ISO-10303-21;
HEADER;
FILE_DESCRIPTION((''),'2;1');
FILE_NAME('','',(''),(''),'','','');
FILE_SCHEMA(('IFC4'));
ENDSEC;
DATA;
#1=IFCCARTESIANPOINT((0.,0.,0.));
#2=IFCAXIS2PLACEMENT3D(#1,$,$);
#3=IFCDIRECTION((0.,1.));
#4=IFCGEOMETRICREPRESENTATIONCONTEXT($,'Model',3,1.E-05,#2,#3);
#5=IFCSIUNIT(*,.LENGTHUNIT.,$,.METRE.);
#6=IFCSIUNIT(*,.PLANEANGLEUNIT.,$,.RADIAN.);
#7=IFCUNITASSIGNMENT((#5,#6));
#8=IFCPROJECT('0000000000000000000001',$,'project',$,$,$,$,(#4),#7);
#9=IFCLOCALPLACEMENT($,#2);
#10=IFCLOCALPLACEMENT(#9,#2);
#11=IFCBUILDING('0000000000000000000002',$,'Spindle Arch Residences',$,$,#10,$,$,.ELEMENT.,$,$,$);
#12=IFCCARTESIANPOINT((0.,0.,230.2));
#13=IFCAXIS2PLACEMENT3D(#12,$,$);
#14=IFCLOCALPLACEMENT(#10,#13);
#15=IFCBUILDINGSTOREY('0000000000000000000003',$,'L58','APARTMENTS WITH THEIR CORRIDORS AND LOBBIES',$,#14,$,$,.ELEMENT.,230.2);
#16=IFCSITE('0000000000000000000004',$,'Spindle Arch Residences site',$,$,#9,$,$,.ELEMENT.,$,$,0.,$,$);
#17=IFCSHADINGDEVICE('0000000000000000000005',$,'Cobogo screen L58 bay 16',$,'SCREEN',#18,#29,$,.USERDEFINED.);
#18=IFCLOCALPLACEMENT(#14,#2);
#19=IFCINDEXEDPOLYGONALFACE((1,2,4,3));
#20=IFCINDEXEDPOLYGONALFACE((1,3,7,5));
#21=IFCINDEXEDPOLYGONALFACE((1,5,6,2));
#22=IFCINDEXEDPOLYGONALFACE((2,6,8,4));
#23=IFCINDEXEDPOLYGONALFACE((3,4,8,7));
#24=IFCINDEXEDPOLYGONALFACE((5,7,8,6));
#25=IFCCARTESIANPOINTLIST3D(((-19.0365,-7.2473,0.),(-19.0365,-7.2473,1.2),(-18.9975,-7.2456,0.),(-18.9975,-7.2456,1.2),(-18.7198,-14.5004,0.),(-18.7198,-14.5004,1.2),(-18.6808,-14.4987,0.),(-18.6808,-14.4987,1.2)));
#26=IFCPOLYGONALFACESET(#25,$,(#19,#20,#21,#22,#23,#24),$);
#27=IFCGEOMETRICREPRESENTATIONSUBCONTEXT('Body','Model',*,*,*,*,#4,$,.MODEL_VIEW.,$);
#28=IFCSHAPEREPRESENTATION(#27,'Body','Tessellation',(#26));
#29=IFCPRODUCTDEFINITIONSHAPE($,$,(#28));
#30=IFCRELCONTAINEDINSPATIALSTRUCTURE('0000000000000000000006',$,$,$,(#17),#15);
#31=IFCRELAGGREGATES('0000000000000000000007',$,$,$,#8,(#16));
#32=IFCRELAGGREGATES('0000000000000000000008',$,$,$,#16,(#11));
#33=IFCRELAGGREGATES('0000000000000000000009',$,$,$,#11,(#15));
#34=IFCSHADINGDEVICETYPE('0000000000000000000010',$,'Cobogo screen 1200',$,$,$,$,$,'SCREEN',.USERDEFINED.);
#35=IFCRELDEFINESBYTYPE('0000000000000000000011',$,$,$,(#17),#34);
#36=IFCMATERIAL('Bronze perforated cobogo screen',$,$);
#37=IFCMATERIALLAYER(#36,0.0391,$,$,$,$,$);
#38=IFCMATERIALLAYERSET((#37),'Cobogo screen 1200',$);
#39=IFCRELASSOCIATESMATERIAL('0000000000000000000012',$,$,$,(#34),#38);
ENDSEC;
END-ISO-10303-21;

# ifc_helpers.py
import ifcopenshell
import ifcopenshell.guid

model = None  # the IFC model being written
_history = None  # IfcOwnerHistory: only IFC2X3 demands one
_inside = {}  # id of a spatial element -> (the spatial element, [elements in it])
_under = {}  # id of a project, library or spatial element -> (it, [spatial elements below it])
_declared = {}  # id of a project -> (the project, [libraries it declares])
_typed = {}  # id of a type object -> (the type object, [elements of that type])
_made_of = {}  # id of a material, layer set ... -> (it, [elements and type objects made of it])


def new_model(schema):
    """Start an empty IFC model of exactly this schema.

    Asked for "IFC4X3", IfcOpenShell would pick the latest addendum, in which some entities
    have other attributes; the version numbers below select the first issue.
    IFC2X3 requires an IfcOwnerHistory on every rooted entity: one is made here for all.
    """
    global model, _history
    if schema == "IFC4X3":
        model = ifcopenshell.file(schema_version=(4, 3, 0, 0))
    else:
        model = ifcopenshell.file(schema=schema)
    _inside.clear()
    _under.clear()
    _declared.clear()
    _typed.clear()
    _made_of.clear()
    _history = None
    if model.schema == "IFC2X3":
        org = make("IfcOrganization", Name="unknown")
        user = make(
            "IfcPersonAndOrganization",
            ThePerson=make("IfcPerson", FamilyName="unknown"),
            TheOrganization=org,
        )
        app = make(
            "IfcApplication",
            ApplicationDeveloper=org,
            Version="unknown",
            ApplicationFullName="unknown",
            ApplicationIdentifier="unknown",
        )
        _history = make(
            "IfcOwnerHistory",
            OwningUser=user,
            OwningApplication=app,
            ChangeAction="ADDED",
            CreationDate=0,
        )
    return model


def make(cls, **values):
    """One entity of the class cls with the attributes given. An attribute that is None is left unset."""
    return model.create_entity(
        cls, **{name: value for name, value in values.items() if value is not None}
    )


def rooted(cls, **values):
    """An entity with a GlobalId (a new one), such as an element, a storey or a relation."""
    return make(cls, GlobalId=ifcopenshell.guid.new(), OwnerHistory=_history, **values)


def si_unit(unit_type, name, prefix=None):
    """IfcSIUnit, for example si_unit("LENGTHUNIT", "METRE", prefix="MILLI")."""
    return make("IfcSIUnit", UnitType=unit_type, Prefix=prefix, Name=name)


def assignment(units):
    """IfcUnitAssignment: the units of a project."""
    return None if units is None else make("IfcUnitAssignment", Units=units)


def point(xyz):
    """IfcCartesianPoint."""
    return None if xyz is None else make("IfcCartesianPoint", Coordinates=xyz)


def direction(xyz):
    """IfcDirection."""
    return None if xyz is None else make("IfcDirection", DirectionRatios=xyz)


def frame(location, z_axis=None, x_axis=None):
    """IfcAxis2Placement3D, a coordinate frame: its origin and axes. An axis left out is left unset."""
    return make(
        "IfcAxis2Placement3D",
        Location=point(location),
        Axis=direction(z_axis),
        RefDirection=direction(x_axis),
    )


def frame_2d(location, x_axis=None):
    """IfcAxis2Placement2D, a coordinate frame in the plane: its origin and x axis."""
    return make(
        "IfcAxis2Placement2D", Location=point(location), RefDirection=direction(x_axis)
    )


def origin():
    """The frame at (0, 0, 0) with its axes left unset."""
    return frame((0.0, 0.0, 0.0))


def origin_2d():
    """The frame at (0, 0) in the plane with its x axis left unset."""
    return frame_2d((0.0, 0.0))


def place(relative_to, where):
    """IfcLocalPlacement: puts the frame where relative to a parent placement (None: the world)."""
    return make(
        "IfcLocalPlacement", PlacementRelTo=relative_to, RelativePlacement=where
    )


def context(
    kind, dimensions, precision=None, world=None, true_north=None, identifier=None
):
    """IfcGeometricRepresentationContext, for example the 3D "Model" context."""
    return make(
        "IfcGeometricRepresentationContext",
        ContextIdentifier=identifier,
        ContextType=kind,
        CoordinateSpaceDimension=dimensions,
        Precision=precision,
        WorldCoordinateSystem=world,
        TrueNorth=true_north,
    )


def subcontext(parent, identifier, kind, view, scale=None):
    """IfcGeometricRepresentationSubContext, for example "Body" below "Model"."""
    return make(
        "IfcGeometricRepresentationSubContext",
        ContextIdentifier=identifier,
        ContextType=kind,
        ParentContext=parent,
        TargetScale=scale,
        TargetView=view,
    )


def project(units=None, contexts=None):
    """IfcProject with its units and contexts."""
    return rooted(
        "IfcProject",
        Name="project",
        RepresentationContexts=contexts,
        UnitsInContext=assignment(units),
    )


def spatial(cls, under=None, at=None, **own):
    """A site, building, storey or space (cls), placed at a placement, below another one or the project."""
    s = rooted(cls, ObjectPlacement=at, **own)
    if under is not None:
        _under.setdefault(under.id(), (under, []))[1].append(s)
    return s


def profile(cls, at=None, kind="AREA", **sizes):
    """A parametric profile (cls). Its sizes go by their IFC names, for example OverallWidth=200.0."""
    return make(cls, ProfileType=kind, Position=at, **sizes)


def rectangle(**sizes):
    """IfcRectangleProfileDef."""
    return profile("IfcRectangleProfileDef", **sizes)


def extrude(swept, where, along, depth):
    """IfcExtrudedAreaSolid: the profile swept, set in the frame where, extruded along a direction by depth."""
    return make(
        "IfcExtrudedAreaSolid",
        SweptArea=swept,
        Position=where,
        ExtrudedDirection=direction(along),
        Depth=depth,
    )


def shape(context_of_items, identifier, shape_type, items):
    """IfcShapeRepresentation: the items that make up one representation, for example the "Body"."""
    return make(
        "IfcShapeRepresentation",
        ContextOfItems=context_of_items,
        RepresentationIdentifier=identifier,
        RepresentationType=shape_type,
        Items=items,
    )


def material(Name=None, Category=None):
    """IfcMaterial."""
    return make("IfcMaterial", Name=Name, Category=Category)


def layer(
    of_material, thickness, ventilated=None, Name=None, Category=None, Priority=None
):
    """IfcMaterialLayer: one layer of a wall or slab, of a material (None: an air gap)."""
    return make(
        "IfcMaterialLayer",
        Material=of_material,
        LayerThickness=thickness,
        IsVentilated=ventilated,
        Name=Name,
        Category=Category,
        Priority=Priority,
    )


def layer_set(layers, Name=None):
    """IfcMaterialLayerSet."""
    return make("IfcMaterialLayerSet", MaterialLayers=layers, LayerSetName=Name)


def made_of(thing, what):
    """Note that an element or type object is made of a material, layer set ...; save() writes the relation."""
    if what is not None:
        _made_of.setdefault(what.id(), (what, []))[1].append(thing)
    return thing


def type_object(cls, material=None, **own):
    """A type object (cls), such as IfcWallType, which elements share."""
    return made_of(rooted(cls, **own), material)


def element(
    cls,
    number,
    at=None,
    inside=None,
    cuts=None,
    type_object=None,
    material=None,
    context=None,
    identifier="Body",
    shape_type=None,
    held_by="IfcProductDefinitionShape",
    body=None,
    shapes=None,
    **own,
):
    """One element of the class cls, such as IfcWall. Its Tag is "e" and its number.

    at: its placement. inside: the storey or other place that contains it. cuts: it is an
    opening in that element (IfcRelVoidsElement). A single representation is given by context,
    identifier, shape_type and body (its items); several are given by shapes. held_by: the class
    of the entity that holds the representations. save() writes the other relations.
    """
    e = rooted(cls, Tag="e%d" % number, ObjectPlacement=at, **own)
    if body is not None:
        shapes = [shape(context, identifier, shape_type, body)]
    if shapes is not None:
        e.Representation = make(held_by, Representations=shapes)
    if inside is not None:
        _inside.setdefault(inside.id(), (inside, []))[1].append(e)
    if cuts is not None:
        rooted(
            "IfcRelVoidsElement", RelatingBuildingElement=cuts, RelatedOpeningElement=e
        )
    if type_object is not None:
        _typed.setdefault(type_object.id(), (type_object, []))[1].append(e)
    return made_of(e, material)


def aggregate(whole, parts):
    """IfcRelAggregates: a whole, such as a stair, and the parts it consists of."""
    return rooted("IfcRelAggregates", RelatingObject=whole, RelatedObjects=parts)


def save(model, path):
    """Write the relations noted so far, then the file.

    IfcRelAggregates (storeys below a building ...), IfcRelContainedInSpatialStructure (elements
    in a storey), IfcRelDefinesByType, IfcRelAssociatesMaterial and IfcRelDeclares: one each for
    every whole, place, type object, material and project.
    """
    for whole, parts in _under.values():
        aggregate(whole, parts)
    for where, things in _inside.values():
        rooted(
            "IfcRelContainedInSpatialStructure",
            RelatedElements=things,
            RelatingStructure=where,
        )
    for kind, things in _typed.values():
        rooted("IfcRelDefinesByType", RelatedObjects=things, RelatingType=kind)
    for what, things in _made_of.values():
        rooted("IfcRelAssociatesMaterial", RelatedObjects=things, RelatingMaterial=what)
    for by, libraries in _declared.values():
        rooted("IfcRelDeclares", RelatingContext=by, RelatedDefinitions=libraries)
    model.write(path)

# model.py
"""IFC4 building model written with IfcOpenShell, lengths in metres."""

from ifc_helpers import new_model, si_unit, direction, frame, origin, origin_2d, place, context, subcontext, project, spatial, rectangle, extrude, material, layer, layer_set, type_object, element, save


model = new_model("IFC4")

# Units and contexts
model_context = context("Model", 3, precision=1e-05, world=origin(), true_north=direction((0.0, 1.0)))
body_context = subcontext(model_context, "Body", "Model", "MODEL_VIEW")
ifc_project = project(units=[si_unit("LENGTHUNIT", "METRE"), si_unit("PLANEANGLEUNIT", "RADIAN")], contexts=[model_context])

# Site, building, storey
site_placement = place(None, origin())
site = spatial("IfcSite", under=ifc_project, at=site_placement, Name="Spindle Arch Residences site", CompositionType="ELEMENT", RefElevation=0.0)
building_placement = place(site_placement, origin())
building = spatial("IfcBuilding", under=site, at=building_placement, Name="Spindle Arch Residences", CompositionType="ELEMENT")
storey_placement = place(building_placement, frame((0.0, 0.0, 230.2)))
storey = spatial("IfcBuildingStorey", under=building, at=storey_placement, Name="L58", Description="APARTMENTS WITH THEIR CORRIDORS AND LOBBIES", CompositionType="ELEMENT", Elevation=230.2)

# Shading device
ifc_material_1 = material(Name="Bronze perforated cobogo screen")
ifc_layer_1 = layer(ifc_material_1, 0.0391)
ifc_layer_set_1 = layer_set([ifc_layer_1], Name="Cobogo screen 1200")
shading_device_type = type_object("IfcShadingDeviceType", Name="Cobogo screen 1200", ElementType="SCREEN", PredefinedType="USERDEFINED", material=ifc_layer_set_1)
shading_device_placement = place(storey_placement, frame((-18.8586, -10.873, 0.0), z_axis=(0.0, 0.0, 1.0), x_axis=(0.043619, -0.999048, 0.0)))
element("IfcShadingDevice", 1, at=shading_device_placement, inside=storey, type_object=shading_device_type, Name="Cobogo screen L58 bay 16", ObjectType="SCREEN", PredefinedType="USERDEFINED", context=body_context, shape_type="SweptSolid", body=[
    extrude(rectangle(XDim=7.26, YDim=0.0391, at=origin_2d()), origin(), (0.0, 0.0, 1.0), 1.2),
])

save(model, "model.ifc")
